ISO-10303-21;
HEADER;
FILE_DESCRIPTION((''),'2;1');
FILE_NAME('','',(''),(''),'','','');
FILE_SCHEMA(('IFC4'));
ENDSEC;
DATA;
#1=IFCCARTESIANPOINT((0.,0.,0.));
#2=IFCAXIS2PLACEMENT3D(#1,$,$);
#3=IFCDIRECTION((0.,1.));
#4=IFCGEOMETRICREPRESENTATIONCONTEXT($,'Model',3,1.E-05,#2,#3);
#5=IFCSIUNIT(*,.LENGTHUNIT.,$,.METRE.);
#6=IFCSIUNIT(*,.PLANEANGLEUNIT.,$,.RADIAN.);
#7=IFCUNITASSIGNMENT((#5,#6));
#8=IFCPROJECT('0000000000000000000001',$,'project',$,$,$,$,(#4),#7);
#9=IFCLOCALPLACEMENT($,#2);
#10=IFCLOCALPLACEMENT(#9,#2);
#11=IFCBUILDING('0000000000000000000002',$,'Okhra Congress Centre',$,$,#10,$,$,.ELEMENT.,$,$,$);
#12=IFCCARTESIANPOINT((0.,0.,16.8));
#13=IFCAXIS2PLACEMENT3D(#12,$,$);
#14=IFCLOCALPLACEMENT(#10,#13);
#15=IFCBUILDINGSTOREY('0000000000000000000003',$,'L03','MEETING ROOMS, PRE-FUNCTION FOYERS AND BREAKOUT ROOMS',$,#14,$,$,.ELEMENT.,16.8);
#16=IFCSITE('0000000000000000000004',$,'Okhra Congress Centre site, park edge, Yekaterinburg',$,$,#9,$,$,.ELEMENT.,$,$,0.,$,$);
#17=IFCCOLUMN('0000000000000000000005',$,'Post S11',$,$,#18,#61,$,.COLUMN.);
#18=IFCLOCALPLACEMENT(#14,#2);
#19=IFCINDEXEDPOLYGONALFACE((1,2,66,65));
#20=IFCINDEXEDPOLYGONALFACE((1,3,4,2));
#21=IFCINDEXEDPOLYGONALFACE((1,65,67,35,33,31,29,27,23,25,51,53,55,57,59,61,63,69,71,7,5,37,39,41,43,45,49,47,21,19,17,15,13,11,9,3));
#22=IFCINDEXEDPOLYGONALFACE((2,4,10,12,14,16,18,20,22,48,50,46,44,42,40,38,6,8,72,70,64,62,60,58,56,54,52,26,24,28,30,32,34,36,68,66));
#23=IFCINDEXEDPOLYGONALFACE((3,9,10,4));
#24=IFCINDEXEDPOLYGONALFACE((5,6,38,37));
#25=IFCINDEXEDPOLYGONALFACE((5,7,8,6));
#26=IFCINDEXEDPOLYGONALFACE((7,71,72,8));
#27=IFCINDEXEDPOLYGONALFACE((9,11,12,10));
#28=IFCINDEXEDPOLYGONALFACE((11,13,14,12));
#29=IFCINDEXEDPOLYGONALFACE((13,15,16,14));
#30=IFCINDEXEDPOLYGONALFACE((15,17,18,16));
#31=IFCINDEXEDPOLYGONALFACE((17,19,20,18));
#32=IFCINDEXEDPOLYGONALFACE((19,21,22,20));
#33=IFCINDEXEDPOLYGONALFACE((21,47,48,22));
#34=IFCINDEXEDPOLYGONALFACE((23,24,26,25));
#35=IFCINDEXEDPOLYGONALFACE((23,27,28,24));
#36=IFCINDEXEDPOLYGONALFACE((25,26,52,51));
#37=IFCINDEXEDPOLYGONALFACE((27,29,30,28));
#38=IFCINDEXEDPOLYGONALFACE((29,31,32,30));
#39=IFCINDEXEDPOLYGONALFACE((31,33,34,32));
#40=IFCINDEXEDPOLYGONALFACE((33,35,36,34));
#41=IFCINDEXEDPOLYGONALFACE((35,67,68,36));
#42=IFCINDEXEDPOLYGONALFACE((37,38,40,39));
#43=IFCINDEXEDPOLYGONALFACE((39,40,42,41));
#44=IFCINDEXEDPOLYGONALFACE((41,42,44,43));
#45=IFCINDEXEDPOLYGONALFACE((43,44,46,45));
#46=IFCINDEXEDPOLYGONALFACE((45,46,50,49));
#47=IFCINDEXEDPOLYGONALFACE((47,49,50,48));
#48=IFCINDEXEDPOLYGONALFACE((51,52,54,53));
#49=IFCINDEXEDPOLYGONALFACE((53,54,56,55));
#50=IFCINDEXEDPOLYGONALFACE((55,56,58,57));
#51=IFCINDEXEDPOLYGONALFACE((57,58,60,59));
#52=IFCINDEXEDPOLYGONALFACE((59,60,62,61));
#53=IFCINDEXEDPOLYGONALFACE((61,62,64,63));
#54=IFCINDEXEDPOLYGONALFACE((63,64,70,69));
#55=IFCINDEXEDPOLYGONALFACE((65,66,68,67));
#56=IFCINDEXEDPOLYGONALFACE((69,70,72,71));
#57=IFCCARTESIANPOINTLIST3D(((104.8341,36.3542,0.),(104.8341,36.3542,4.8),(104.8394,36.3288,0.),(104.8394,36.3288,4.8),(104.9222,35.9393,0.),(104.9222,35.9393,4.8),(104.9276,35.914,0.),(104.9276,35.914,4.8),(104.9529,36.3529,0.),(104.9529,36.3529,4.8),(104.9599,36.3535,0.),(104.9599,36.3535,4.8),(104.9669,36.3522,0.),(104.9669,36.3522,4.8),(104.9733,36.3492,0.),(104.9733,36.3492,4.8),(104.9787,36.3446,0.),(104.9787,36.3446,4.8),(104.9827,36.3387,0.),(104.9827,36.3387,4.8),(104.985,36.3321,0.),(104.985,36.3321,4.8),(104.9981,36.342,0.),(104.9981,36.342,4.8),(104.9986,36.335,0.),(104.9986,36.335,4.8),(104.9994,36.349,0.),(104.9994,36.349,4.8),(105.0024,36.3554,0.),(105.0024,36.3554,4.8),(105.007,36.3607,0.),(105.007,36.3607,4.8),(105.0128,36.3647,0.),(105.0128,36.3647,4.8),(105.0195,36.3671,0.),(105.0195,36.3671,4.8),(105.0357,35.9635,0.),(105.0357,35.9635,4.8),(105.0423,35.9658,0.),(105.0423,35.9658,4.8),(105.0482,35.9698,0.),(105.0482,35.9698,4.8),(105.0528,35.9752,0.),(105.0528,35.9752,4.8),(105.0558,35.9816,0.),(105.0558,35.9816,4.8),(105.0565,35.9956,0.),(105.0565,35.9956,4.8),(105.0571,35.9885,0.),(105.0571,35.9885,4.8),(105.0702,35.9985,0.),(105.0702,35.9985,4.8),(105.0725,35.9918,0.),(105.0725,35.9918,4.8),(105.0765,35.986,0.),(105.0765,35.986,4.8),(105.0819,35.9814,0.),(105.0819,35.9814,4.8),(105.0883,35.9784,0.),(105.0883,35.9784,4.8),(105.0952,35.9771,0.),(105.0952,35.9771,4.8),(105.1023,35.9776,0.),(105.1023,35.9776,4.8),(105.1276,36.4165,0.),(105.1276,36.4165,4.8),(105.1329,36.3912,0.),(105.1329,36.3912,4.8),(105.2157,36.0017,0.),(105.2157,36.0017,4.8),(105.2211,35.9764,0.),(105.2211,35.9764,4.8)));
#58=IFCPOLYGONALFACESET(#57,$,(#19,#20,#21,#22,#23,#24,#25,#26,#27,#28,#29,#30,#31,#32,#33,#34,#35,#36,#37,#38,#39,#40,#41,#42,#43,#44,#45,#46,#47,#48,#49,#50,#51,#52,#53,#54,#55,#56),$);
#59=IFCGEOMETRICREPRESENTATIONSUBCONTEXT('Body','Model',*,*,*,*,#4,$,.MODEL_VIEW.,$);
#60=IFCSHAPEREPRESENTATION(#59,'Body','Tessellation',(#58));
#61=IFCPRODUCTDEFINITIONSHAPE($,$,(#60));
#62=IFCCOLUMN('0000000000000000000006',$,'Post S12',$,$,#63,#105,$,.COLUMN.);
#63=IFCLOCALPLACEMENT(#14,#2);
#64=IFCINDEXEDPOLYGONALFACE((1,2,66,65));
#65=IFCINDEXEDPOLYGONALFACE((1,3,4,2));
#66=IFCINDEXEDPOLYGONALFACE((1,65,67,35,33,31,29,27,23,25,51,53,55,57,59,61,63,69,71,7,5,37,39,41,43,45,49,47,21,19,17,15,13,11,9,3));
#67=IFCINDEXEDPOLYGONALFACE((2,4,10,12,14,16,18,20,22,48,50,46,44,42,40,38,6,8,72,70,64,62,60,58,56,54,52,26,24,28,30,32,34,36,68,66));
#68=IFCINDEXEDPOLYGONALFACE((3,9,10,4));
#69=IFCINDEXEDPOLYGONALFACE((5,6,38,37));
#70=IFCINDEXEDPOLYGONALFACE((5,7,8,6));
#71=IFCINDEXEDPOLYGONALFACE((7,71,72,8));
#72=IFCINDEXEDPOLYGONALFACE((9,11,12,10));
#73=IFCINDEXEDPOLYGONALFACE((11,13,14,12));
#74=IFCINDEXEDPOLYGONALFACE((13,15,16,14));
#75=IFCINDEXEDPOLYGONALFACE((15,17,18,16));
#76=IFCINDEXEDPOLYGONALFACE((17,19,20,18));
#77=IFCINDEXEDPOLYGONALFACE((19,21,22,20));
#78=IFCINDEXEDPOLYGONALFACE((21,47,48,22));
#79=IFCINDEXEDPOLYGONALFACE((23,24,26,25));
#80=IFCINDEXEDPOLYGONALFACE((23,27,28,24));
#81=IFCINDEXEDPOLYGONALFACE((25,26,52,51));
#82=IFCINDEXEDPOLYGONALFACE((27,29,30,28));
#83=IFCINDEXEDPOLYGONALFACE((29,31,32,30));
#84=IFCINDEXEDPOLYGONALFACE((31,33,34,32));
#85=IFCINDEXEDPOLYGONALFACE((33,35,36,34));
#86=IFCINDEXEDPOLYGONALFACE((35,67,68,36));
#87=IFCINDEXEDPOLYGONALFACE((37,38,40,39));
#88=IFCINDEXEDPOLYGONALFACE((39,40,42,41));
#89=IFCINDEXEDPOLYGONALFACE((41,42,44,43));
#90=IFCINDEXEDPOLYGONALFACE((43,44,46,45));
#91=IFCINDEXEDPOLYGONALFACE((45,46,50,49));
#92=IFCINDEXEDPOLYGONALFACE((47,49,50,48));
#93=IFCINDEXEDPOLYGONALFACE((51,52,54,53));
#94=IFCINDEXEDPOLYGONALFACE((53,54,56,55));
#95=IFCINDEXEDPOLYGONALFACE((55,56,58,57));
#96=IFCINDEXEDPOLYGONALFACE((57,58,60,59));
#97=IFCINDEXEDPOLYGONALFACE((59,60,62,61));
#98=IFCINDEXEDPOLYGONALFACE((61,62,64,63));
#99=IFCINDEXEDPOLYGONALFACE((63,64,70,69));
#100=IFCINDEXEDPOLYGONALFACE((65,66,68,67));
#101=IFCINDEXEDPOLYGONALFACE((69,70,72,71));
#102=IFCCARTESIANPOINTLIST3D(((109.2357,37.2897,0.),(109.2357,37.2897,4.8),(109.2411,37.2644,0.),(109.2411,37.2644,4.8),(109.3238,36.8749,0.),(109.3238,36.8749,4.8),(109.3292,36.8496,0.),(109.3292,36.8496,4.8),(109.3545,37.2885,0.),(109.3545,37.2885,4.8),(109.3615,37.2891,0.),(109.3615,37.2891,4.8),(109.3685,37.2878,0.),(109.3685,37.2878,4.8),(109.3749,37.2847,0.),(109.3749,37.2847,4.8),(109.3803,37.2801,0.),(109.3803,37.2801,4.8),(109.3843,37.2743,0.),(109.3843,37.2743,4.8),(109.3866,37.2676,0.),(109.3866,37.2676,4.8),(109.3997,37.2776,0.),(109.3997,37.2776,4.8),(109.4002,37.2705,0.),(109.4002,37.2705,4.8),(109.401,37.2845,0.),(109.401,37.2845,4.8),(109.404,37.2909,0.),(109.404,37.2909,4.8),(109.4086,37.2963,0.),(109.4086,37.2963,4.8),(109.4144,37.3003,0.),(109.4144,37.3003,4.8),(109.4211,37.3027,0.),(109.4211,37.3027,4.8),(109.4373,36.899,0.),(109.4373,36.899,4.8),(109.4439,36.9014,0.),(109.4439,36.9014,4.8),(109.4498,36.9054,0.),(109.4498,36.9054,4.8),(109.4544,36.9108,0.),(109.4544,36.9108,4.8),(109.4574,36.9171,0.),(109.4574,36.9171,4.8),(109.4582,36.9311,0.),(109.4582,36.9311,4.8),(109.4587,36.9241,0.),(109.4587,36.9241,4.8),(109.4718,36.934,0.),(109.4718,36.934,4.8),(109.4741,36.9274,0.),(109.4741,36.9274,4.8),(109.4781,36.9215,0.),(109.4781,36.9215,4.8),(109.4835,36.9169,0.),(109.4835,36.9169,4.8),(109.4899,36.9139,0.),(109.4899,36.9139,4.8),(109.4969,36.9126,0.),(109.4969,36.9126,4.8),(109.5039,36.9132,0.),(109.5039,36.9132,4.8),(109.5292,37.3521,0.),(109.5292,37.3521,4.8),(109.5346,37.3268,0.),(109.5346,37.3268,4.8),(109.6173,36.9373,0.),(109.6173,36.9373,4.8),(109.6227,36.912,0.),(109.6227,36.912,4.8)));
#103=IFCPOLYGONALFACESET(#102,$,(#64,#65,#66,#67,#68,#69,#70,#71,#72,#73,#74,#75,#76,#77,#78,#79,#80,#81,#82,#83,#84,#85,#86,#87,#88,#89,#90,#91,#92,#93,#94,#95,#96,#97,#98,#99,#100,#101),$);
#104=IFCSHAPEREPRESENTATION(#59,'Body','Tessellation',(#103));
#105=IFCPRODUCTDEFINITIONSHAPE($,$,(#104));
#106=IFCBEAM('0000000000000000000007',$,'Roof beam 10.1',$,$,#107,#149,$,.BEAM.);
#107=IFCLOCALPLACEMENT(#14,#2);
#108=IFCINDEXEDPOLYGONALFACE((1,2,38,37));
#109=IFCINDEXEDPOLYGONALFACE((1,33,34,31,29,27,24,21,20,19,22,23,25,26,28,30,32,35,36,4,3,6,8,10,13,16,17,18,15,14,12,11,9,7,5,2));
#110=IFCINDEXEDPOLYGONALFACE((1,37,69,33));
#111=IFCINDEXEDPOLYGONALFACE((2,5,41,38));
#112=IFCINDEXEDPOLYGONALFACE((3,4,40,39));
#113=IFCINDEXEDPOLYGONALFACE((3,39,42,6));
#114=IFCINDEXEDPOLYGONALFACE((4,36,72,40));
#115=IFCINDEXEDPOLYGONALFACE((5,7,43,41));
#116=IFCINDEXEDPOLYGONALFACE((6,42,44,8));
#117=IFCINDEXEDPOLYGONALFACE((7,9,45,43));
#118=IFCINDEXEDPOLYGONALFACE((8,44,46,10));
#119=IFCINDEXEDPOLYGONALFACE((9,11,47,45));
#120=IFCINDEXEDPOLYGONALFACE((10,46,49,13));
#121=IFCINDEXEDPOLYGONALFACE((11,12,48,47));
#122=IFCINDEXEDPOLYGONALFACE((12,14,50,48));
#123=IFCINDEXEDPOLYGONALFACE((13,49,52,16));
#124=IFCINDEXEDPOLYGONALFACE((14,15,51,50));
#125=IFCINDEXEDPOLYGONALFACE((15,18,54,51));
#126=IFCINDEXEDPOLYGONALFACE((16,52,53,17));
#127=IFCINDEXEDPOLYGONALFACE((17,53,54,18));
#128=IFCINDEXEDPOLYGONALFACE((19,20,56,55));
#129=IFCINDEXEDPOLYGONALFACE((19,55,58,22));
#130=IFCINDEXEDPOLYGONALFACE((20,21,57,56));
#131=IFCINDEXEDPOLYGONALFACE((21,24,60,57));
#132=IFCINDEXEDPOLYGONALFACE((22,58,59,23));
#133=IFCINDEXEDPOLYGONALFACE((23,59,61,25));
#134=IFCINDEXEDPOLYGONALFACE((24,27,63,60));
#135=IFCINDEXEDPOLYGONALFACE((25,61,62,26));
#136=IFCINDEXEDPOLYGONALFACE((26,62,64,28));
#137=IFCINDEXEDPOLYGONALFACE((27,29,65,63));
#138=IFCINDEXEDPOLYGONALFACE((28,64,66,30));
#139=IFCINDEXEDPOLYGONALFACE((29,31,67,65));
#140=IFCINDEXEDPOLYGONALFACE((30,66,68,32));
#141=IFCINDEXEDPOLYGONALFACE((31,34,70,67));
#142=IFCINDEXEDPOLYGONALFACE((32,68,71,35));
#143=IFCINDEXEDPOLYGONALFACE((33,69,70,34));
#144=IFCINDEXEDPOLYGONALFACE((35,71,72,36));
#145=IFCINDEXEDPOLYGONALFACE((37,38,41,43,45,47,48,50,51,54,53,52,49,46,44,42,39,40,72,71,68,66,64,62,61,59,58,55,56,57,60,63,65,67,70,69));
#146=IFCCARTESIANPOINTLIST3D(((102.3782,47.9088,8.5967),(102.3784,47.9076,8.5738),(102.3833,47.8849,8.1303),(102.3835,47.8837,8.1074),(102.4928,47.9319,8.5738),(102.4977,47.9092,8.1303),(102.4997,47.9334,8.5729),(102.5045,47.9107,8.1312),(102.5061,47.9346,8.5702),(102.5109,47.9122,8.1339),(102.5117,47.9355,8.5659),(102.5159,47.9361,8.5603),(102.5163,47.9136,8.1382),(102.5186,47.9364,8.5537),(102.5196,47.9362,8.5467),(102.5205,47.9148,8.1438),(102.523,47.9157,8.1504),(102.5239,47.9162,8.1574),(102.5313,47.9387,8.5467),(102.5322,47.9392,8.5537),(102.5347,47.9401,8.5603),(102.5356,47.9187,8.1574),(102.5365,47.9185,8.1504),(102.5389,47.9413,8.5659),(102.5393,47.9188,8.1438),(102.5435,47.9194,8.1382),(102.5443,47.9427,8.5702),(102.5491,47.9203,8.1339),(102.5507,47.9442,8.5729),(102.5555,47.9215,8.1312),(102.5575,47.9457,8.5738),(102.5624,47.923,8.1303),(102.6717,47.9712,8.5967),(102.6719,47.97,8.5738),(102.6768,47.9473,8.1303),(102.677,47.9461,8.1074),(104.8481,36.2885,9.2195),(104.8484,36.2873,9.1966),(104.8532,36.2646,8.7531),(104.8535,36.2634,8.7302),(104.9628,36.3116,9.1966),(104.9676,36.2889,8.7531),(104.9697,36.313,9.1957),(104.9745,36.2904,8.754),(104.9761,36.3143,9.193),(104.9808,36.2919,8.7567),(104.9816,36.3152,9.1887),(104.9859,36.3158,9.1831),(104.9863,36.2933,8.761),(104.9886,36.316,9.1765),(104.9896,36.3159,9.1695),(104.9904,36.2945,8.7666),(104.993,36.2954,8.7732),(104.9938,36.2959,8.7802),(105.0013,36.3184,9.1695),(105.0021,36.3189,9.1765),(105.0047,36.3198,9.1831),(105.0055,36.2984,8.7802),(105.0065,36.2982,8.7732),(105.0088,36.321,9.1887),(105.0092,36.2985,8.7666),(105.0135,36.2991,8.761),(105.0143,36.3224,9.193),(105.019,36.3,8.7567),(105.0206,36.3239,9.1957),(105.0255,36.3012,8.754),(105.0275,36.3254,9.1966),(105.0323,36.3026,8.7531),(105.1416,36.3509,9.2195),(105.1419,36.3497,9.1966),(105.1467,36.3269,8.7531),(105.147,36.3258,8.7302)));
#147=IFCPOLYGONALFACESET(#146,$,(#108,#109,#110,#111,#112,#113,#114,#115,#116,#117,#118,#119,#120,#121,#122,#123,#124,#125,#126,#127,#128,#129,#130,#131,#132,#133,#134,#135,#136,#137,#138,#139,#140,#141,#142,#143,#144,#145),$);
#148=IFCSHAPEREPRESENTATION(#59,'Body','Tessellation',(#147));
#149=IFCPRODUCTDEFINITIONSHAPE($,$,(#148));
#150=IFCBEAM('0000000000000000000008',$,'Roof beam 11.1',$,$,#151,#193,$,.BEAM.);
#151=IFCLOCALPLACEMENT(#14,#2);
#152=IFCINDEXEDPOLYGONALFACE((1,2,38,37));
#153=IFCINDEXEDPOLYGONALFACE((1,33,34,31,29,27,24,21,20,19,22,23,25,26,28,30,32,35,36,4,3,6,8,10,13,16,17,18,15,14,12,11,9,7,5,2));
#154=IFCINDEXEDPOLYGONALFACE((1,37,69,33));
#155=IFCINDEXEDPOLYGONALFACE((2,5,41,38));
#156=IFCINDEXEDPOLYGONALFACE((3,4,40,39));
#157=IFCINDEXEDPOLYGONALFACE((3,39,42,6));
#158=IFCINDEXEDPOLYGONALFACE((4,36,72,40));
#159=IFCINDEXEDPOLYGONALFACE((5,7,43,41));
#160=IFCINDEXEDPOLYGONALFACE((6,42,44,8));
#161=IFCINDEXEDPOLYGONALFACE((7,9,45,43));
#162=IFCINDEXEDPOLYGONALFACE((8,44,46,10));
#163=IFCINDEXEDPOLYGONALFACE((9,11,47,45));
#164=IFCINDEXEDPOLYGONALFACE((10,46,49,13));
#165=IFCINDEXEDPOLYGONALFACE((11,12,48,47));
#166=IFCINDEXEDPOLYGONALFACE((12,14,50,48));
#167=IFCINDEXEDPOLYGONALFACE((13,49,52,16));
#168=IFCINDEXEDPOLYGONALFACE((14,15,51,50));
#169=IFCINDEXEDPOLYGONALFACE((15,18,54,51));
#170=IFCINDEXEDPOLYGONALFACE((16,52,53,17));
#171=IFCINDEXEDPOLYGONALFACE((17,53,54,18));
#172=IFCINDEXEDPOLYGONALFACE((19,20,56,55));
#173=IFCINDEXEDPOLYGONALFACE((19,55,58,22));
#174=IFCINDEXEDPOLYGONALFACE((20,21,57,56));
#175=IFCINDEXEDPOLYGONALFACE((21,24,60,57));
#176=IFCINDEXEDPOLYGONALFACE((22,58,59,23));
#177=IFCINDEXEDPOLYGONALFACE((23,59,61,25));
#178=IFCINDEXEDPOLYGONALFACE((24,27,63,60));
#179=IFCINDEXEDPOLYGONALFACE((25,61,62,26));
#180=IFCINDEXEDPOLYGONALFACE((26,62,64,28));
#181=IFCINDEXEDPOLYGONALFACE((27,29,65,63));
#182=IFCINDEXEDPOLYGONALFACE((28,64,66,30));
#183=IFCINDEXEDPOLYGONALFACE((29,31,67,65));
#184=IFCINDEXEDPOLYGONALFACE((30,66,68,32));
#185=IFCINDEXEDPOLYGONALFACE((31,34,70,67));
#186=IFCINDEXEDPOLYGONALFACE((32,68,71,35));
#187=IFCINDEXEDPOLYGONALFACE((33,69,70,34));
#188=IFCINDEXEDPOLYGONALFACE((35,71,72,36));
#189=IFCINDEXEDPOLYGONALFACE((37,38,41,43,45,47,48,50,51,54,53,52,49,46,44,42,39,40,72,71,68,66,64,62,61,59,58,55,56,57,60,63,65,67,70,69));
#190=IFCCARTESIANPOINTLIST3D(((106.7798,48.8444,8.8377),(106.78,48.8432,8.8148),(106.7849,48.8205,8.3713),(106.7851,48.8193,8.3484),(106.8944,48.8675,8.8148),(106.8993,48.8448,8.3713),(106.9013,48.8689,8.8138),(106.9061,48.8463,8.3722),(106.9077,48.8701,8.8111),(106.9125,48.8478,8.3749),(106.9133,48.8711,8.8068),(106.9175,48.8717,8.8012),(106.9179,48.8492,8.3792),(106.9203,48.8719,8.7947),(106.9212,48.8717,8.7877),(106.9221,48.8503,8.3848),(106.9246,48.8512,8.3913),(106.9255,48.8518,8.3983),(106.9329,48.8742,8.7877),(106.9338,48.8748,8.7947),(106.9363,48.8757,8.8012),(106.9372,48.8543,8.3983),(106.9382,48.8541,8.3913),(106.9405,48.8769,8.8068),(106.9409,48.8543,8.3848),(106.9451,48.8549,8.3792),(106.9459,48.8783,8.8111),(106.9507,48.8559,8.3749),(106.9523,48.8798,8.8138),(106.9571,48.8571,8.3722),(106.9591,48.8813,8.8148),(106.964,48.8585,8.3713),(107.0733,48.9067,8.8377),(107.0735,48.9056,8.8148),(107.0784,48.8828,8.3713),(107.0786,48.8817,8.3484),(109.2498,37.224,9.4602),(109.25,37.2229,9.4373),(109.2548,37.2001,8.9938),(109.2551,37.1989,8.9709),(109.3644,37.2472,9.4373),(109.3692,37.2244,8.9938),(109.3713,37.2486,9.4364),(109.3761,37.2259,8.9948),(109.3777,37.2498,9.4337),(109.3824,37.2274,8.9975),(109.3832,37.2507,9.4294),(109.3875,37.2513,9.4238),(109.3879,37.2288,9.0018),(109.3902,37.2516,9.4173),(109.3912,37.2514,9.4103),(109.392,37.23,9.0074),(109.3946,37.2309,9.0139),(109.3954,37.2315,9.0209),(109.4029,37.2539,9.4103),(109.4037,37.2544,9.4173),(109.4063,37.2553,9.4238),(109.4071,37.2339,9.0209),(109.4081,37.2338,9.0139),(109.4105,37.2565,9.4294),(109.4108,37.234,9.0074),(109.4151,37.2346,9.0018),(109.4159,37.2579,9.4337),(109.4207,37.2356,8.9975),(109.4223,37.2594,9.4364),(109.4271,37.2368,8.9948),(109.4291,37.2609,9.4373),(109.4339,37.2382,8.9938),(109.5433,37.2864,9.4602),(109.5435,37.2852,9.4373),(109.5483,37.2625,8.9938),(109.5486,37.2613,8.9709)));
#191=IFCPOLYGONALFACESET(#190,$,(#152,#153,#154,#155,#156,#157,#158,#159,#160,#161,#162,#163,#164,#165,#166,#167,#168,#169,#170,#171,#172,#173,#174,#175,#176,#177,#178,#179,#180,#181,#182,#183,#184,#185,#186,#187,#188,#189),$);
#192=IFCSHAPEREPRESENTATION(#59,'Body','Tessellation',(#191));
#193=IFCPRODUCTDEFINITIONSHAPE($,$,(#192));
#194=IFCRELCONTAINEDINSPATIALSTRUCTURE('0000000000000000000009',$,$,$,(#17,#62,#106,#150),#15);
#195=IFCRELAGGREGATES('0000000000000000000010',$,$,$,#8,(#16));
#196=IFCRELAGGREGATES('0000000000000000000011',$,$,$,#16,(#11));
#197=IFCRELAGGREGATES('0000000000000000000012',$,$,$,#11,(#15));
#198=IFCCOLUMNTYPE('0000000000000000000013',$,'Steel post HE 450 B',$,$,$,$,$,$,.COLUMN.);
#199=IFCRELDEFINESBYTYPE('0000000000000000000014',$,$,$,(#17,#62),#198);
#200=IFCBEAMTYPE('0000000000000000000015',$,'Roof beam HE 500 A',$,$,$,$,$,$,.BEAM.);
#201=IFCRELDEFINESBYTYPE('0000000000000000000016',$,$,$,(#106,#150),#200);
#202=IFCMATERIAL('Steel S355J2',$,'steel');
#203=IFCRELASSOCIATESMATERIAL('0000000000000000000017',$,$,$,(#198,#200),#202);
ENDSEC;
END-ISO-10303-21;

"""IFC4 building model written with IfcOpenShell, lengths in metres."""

from ifc_helpers import new_model, si_unit, direction, frame, origin, origin_2d, place, context, subcontext, project, spatial, i_section, extrude, material, material_profile, profile_set, type_object, element, save


model = new_model("IFC4")

# Units and contexts
model_context = context("Model", 3, precision=1e-05, world=origin(), true_north=direction((0.0, 1.0)))
body_context = subcontext(model_context, "Body", "Model", "MODEL_VIEW")
ifc_project = project(units=[si_unit("LENGTHUNIT", "METRE"), si_unit("PLANEANGLEUNIT", "RADIAN")], contexts=[model_context])

# Site, building, storey
site_placement = place(None, origin())
site = spatial("IfcSite", under=ifc_project, at=site_placement, Name="Okhra Congress Centre site, park edge, Yekaterinburg", CompositionType="ELEMENT", RefElevation=0.0)
building_placement = place(site_placement, origin())
building = spatial("IfcBuilding", under=site, at=building_placement, Name="Okhra Congress Centre", CompositionType="ELEMENT")
storey_placement = place(building_placement, frame((0.0, 0.0, 16.8)))
storey = spatial("IfcBuildingStorey", under=building, at=storey_placement, Name="L03", Description="MEETING ROOMS, PRE-FUNCTION FOYERS AND BREAKOUT ROOMS", CompositionType="ELEMENT", Elevation=16.8)

# Columns
ifc_material_1 = material(Name="Steel S355J2", Category="steel")
ifc_material_profile_1 = material_profile(ifc_material_1, i_section(OverallWidth=0.3, OverallDepth=0.45, WebThickness=0.0139, FlangeThickness=0.0259, FilletRadius=0.0271, at=origin_2d()), Name="HE 450 B")
ifc_profile_set_1 = profile_set([ifc_material_profile_1], Name="Steel S355J2")
column_type = type_object("IfcColumnType", Name="Steel post HE 450 B", PredefinedType="COLUMN", material=ifc_profile_set_1)
for number, where, z_axis, x_axis, name in (
    (1, (105.0276, 36.1653, 0.0), (0.0, 0.0, 1.0), (0.978148, 0.207912, 0.0), "Post S11"),
    (2, (109.4292, 37.1008, 0.0), (0.0, 0.0, 1.0), (0.978148, 0.207912, 0.0), "Post S12"),
):
    element("IfcColumn", number, at=place(storey_placement, frame(where, z_axis=z_axis, x_axis=x_axis)), inside=storey, type_object=column_type, Name=name, PredefinedType="COLUMN", context=body_context, shape_type="SweptSolid", body=[
        extrude(i_section(OverallWidth=0.3, OverallDepth=0.45, WebThickness=0.0139, FlangeThickness=0.0259, FilletRadius=0.0271, at=origin_2d()), origin(), (0.0, 0.0, 1.0), 4.8),
    ])

# Beams
ifc_material_profile_2 = material_profile(ifc_material_1, i_section(OverallWidth=0.3, OverallDepth=0.49, WebThickness=0.012, FlangeThickness=0.0229, FilletRadius=0.0271, at=origin_2d()), Name="HE 500 A")
ifc_profile_set_2 = profile_set([ifc_material_profile_2], Name="Steel S355J2")
beam_type = type_object("IfcBeamType", Name="Roof beam HE 500 A", PredefinedType="BEAM", material=ifc_profile_set_2)
for number, where, z_axis, x_axis, name in (
    (3, (104.9976, 36.3071, 8.9749), (-0.207625, 0.976806, -0.052353), (-0.978148, -0.207911, 0.0), "Roof beam 10.1"),
    (4, (109.3992, 37.2427, 9.2156), (-0.207626, 0.976808, -0.052332), (-0.978148, -0.207911, 0.0), "Roof beam 11.1"),
):
    element("IfcBeam", number, at=place(storey_placement, frame(where, z_axis=z_axis, x_axis=x_axis)), inside=storey, type_object=beam_type, Name=name, PredefinedType="BEAM", context=body_context, shape_type="SweptSolid", body=[
        extrude(i_section(OverallWidth=0.3, OverallDepth=0.49, WebThickness=0.012, FlangeThickness=0.0229, FilletRadius=0.0271, at=origin_2d()), origin(), (0.0, 0.0, 1.0), 11.8962),
    ])

save(model, "model.ifc")
